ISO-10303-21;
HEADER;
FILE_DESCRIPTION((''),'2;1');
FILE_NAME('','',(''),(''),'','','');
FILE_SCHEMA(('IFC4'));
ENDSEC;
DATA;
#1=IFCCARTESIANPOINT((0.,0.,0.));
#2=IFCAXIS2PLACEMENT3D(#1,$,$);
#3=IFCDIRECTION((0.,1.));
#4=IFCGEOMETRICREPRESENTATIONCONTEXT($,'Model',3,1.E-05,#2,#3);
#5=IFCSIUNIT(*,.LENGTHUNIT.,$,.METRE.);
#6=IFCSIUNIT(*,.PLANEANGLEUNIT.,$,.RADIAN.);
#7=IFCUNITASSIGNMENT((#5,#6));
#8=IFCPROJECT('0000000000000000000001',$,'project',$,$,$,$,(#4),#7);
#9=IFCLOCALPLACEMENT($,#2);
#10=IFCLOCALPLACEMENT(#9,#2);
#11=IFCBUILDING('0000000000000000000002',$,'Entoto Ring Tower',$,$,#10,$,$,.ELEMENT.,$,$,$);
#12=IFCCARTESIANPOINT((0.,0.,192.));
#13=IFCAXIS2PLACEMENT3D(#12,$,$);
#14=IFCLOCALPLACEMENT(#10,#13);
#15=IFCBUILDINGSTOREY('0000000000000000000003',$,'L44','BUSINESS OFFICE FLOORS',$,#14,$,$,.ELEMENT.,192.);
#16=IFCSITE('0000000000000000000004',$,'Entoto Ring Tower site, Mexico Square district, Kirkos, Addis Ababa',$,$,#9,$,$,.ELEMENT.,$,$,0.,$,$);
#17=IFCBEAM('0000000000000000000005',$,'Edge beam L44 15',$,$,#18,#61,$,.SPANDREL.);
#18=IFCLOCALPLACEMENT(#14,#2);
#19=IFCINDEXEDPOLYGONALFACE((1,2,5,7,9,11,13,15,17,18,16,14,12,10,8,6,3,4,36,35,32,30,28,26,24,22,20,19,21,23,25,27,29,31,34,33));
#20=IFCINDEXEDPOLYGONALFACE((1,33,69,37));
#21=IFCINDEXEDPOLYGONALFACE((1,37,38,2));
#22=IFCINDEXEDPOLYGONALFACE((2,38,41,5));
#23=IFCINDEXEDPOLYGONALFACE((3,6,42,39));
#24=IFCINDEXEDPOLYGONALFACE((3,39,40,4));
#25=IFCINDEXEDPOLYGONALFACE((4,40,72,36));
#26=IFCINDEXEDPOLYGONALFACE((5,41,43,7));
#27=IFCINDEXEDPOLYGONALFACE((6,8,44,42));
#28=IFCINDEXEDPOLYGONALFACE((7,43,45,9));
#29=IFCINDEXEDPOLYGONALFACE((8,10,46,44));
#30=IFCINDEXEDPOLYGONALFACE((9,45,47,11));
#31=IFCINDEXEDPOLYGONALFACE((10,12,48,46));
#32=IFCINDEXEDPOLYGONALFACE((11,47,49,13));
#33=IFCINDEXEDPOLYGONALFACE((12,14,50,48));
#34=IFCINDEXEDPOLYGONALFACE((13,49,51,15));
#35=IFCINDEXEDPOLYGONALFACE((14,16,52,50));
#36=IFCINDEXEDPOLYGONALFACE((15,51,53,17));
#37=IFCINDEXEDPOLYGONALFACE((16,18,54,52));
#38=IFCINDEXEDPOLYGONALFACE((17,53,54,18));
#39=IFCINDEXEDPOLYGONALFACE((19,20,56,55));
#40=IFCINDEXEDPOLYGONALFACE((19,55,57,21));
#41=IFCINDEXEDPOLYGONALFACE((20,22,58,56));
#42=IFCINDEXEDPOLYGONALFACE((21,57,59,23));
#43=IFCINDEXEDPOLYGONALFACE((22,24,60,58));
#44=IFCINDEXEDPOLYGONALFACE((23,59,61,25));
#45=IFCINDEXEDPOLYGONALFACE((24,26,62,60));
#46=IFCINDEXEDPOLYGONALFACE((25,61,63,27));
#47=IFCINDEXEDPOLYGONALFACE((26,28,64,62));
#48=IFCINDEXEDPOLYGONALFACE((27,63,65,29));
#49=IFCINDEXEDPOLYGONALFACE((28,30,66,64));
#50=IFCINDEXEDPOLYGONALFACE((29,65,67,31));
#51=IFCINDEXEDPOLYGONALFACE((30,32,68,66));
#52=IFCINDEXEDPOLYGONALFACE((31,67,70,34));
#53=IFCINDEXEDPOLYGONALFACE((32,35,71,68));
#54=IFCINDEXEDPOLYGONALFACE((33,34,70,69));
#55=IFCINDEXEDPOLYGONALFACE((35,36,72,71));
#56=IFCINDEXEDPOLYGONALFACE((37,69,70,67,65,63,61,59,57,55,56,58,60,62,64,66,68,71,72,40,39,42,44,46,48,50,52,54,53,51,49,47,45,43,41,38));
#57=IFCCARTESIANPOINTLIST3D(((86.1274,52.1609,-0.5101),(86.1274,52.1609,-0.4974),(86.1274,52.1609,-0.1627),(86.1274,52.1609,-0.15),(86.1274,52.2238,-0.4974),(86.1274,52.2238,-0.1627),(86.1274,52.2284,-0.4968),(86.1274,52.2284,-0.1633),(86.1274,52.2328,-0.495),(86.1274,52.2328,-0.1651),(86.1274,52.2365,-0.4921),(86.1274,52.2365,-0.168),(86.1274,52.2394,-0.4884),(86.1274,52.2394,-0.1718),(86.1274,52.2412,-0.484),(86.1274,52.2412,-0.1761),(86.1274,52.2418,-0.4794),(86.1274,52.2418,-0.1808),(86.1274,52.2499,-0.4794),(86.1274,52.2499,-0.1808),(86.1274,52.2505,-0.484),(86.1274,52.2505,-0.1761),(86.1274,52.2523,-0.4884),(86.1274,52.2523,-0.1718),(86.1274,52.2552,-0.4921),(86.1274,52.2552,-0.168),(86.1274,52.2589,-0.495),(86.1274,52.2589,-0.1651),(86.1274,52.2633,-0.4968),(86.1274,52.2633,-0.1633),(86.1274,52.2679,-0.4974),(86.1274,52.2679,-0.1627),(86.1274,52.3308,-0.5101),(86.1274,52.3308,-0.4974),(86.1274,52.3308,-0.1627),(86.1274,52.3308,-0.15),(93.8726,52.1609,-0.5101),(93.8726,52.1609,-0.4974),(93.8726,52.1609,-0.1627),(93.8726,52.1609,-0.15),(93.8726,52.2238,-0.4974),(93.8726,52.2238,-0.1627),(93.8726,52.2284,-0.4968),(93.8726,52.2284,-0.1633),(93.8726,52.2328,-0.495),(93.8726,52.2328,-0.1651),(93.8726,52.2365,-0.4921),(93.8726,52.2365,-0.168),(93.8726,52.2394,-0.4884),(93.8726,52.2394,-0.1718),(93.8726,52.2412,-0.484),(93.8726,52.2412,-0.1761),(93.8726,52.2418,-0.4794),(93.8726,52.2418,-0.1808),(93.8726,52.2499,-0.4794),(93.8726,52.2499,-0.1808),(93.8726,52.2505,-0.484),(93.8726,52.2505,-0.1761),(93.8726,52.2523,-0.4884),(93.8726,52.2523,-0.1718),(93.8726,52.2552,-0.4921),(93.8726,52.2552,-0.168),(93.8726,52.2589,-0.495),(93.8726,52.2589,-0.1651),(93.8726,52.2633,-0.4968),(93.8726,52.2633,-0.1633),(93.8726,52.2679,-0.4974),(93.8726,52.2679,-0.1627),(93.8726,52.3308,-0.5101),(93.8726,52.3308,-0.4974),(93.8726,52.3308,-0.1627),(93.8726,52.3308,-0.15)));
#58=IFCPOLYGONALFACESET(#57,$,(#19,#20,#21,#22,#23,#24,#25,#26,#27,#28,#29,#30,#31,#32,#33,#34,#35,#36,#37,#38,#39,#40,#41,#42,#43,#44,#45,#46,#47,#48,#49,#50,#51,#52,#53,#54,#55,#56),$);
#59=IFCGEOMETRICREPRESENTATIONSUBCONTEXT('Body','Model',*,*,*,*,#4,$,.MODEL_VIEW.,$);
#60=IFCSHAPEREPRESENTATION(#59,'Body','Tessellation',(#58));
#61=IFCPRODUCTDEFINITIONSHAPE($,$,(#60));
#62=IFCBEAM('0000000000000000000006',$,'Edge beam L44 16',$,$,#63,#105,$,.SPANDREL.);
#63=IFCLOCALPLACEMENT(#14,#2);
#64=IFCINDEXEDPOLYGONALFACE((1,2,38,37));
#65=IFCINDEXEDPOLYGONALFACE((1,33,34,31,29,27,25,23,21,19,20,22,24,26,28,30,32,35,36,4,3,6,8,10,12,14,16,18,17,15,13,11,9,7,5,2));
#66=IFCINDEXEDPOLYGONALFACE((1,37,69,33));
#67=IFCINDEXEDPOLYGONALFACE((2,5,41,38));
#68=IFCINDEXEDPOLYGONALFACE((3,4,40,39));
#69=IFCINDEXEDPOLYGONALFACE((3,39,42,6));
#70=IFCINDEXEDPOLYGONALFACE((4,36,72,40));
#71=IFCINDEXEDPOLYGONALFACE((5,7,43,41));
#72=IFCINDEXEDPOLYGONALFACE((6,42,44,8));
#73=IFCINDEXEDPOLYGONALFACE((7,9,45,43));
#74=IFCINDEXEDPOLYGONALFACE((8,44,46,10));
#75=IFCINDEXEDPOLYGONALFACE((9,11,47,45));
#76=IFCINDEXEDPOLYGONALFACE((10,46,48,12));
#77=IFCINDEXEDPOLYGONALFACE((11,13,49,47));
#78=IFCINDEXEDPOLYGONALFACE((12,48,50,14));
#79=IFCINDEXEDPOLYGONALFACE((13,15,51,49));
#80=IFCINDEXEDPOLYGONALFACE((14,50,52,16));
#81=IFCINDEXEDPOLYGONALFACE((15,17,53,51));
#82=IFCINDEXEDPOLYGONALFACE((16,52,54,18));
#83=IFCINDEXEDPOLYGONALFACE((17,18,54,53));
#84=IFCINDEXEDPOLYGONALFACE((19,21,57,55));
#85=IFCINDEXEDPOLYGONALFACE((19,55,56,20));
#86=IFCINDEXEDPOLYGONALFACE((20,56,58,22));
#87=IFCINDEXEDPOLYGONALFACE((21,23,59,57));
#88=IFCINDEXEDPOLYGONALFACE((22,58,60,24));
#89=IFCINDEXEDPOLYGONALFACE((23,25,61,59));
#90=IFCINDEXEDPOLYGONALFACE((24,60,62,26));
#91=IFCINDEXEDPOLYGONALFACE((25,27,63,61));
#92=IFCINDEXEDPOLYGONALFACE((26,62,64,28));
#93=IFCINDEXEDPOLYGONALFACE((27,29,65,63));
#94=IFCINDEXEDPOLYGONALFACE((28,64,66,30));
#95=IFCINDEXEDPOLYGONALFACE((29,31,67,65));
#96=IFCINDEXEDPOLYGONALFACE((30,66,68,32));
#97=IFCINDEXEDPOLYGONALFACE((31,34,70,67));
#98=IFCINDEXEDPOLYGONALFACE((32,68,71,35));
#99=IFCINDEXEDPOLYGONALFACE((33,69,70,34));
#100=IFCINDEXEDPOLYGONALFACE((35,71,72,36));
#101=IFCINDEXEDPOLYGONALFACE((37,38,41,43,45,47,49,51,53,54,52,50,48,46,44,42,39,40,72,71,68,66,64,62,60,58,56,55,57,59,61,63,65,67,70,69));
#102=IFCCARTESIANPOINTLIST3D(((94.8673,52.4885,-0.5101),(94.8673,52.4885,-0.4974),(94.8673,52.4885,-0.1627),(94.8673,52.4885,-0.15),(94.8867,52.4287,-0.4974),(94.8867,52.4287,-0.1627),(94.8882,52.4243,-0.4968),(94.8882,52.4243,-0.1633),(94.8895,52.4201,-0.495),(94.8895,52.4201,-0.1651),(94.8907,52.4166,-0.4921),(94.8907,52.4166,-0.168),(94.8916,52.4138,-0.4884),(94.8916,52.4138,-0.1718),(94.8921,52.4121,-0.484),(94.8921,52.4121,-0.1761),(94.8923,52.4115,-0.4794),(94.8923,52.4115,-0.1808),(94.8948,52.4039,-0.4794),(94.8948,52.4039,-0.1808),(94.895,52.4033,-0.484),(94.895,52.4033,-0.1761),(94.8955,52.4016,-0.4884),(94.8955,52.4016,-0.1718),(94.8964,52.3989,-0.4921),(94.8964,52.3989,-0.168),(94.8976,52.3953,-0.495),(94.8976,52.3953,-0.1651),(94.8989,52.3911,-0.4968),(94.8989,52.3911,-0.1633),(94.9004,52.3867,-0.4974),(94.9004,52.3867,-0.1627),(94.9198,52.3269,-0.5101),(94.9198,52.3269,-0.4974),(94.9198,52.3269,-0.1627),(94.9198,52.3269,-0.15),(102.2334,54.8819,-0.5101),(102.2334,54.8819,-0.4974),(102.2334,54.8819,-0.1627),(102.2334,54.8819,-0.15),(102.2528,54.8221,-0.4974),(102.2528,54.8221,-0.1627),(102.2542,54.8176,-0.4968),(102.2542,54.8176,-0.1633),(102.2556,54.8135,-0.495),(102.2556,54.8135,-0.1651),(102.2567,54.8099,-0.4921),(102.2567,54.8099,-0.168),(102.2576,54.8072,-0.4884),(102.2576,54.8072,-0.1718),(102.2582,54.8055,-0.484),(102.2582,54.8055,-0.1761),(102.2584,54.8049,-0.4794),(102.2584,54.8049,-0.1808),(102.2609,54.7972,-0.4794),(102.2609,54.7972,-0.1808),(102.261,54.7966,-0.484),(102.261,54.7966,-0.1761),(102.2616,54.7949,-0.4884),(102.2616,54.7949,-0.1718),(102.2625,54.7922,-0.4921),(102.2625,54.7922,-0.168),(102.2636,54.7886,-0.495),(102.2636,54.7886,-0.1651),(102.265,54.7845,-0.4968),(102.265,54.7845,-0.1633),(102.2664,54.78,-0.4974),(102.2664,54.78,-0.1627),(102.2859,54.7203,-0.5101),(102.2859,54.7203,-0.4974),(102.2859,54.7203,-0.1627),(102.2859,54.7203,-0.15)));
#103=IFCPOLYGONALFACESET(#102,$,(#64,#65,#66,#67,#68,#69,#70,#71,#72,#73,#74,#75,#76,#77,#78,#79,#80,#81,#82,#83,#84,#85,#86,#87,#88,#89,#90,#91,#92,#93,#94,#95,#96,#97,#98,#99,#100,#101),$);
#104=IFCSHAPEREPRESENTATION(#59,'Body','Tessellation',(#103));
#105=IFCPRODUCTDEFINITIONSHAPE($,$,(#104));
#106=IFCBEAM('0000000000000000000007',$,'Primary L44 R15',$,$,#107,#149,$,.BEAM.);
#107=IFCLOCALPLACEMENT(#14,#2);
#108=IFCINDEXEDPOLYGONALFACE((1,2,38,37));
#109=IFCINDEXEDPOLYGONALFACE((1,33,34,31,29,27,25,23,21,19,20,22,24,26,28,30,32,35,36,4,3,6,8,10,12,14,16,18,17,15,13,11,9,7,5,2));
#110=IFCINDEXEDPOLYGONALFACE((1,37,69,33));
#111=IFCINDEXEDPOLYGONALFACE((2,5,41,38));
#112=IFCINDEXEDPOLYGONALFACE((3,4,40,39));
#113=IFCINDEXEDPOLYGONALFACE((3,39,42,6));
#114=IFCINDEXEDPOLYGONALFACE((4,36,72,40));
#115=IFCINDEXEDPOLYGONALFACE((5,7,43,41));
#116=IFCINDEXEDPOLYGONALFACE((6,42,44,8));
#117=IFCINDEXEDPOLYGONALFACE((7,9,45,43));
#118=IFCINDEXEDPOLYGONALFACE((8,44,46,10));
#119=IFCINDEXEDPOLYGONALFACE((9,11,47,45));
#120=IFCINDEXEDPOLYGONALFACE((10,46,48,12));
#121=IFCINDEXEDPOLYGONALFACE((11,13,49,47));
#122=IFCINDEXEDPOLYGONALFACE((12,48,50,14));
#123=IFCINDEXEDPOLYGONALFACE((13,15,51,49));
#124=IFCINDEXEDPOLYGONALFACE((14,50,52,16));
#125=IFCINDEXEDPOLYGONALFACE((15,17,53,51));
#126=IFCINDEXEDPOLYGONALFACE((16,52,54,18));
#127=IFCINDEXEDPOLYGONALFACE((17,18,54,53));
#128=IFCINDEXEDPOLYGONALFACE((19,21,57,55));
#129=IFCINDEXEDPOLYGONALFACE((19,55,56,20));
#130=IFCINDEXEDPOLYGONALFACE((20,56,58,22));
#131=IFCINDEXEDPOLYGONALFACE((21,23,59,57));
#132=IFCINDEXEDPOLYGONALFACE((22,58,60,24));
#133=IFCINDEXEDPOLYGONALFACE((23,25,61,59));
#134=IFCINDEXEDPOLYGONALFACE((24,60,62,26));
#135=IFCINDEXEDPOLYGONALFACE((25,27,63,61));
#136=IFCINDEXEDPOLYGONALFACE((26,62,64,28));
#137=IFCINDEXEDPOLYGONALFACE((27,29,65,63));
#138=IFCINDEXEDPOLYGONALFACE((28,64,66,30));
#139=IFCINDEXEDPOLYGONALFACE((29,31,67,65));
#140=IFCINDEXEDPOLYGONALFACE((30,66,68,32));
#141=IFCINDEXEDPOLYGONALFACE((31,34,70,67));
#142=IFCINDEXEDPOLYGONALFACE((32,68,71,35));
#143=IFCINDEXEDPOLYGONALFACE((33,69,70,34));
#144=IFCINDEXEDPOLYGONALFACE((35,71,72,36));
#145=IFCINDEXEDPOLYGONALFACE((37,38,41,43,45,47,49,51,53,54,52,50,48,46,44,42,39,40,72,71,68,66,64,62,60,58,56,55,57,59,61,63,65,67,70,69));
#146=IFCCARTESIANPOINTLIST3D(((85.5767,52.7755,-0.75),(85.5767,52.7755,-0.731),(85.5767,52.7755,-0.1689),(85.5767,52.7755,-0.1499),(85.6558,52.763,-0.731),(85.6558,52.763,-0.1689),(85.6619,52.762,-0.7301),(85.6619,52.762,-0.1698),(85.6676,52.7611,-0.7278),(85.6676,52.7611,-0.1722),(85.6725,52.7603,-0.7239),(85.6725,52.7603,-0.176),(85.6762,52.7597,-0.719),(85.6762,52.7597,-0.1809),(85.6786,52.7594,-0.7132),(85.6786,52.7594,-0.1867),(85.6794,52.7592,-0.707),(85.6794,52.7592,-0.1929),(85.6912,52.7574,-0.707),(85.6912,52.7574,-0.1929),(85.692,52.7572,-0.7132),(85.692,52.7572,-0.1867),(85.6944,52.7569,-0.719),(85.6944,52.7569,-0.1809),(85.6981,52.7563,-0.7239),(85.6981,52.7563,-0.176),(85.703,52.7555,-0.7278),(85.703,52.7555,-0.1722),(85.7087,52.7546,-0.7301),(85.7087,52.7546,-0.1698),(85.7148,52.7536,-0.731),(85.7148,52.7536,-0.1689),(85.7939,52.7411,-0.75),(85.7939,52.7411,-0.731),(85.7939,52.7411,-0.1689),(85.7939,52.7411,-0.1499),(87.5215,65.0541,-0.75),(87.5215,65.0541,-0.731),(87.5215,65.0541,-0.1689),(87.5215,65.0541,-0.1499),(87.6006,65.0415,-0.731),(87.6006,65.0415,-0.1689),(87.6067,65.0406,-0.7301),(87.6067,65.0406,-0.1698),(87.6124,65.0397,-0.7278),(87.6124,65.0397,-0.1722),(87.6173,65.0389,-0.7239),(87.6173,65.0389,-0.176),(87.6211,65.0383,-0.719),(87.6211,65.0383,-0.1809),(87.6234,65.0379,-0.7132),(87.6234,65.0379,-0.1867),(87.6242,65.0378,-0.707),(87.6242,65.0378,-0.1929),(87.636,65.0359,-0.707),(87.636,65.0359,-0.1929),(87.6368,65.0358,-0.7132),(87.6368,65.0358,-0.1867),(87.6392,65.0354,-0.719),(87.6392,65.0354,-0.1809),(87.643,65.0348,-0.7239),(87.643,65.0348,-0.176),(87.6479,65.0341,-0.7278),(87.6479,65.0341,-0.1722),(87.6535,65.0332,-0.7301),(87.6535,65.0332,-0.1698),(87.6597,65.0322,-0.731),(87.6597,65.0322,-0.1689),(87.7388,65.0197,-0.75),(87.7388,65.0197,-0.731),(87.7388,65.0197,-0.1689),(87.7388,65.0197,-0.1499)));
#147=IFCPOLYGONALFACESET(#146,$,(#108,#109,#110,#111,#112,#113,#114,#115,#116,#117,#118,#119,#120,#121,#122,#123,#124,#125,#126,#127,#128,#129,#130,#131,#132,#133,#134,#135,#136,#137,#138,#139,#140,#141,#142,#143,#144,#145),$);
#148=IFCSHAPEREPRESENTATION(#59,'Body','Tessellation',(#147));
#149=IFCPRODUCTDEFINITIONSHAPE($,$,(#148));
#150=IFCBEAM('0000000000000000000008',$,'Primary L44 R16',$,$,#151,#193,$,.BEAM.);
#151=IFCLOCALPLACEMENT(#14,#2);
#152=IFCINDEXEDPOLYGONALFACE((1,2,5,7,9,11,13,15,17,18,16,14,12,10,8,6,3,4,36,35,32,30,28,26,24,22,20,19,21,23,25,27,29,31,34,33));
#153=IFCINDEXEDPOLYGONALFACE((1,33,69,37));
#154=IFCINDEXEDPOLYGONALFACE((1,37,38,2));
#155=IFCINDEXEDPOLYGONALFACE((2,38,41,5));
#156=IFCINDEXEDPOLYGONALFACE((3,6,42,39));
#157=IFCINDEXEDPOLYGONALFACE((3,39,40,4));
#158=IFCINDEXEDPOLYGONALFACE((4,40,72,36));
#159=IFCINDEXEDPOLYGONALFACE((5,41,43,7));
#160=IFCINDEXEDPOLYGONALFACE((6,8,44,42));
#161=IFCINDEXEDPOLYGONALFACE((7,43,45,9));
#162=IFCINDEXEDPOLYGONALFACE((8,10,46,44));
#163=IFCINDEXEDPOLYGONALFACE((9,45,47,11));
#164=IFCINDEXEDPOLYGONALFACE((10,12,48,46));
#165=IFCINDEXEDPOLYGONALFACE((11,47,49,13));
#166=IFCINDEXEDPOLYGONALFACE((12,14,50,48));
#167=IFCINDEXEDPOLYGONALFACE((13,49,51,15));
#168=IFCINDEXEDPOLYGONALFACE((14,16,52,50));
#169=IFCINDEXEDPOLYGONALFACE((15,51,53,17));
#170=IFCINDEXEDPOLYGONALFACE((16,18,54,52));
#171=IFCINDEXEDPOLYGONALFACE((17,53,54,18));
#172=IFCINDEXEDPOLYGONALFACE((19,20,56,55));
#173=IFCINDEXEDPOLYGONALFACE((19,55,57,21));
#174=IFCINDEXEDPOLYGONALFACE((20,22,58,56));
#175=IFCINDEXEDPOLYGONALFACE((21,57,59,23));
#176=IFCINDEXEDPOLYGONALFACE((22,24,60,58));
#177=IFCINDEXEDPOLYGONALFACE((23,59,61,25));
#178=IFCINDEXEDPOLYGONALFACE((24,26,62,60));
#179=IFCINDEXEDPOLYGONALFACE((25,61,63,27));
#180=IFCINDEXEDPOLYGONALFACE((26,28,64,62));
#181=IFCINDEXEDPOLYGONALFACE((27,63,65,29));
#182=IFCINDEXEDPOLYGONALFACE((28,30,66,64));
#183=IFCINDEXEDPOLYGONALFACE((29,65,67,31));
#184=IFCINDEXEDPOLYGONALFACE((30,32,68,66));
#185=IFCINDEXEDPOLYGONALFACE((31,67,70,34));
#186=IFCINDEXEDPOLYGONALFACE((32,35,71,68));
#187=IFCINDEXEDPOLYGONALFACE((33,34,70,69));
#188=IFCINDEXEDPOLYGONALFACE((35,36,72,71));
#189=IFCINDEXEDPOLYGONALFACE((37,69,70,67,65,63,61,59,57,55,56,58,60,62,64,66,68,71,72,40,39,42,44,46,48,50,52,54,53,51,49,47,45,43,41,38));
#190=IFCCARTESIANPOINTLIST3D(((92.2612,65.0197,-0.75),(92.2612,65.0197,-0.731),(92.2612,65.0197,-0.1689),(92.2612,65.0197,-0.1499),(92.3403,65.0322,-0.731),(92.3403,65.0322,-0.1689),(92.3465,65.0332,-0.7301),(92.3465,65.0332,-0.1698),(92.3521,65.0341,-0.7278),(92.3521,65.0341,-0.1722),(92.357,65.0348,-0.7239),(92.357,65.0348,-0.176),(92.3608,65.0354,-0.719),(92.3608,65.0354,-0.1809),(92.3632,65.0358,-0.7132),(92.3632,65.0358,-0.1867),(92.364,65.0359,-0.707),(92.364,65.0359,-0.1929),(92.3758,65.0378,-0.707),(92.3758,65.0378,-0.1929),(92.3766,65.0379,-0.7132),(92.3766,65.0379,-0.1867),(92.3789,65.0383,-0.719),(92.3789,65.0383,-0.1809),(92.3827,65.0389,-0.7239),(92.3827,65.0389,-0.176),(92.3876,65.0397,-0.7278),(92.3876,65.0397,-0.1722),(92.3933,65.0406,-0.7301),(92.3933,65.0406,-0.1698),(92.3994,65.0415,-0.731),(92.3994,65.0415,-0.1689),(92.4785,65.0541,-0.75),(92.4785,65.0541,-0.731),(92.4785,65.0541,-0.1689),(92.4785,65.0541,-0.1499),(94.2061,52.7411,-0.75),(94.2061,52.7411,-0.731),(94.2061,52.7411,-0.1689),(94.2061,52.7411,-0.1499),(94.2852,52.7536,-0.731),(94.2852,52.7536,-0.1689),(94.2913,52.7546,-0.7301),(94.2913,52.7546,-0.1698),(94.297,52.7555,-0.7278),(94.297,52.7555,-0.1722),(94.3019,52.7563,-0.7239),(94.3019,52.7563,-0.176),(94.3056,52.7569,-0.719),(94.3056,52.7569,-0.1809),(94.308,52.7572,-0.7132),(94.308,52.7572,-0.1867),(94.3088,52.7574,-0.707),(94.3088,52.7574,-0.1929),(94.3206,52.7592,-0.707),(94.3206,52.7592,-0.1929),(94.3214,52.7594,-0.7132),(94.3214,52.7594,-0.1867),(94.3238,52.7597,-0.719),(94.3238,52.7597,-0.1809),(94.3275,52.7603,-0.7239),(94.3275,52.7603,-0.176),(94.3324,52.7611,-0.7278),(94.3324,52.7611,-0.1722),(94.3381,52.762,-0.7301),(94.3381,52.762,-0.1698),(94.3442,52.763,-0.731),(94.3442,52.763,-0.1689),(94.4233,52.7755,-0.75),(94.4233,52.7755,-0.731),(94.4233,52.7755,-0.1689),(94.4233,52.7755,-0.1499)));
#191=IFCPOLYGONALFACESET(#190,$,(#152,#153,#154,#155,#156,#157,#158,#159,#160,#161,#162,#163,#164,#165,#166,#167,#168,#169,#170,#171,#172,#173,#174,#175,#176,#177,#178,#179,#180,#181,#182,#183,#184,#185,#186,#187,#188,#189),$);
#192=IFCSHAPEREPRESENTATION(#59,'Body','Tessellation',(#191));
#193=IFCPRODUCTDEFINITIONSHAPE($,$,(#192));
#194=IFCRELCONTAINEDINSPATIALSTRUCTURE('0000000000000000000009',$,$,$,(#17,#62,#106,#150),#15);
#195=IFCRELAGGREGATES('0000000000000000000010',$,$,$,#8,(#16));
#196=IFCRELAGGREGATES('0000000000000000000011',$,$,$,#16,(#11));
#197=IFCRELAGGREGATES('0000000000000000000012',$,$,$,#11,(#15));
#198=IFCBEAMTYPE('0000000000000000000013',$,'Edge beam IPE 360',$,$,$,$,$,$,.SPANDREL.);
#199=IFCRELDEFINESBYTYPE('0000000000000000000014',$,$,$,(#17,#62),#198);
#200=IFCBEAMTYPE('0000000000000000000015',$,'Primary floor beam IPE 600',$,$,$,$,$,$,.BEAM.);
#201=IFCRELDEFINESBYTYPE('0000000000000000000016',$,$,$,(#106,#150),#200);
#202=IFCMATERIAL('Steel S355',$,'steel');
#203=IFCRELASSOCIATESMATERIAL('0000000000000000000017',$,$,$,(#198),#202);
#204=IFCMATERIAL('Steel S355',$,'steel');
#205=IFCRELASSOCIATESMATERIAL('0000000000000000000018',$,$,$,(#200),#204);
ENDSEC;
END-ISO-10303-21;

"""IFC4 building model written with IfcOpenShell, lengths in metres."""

from ifc_helpers import new_model, si_unit, direction, frame, origin, origin_2d, place, context, subcontext, project, spatial, i_section, extrude, material, material_profile, profile_set, type_object, element, save


model = new_model("IFC4")

# Units and contexts
model_context = context("Model", 3, precision=1e-05, world=origin(), true_north=direction((0.0, 1.0)))
body_context = subcontext(model_context, "Body", "Model", "MODEL_VIEW")
ifc_project = project(units=[si_unit("LENGTHUNIT", "METRE"), si_unit("PLANEANGLEUNIT", "RADIAN")], contexts=[model_context])

# Site, building, storey
site_placement = place(None, origin())
site = spatial("IfcSite", under=ifc_project, at=site_placement, Name="Entoto Ring Tower site, Mexico Square district, Kirkos, Addis Ababa", CompositionType="ELEMENT", RefElevation=0.0)
building_placement = place(site_placement, origin())
building = spatial("IfcBuilding", under=site, at=building_placement, Name="Entoto Ring Tower", CompositionType="ELEMENT")
storey_placement = place(building_placement, frame((0.0, 0.0, 192.0)))
storey = spatial("IfcBuildingStorey", under=building, at=storey_placement, Name="L44", Description="BUSINESS OFFICE FLOORS", CompositionType="ELEMENT", Elevation=192.0)

# Beams
ifc_material_1 = material(Name="Steel S355", Category="steel")
ifc_material_profile_1 = material_profile(ifc_material_1, i_section(OverallWidth=0.1699, OverallDepth=0.3601, WebThickness=0.0081, FlangeThickness=0.0127, FilletRadius=0.0181, at=origin_2d()), Name="IPE 360")
ifc_profile_set_1 = profile_set([ifc_material_profile_1], Name="Steel S355")
beam_type_1 = type_object("IfcBeamType", Name="Edge beam IPE 360", PredefinedType="SPANDREL", material=ifc_profile_set_1)
for number, where, z_axis, x_axis, name in (
    (1, (86.1274, 52.2458, -0.3301), (1.0, 0.0, 0.0), (0.0, 1.0, 0.0), "Edge beam L44 15"),
    (2, (94.8936, 52.4077, -0.3301), (0.951058, 0.309013, 0.0), (-0.309013, 0.951058, 0.0), "Edge beam L44 16"),
):
    element("IfcBeam", number, at=place(storey_placement, frame(where, z_axis=z_axis, x_axis=x_axis)), inside=storey, type_object=beam_type_1, Name=name, PredefinedType="SPANDREL", context=body_context, shape_type="SweptSolid", body=[
        extrude(i_section(OverallWidth=0.1699, OverallDepth=0.3601, WebThickness=0.0081, FlangeThickness=0.0127, FilletRadius=0.0181, at=origin_2d()), origin(), (0.0, 0.0, 1.0), 7.7451),
    ])
ifc_material_2 = material(Name="Steel S355", Category="steel")
ifc_material_profile_2 = material_profile(ifc_material_2, i_section(OverallWidth=0.22, OverallDepth=0.6001, WebThickness=0.012, FlangeThickness=0.019, FilletRadius=0.0239, at=origin_2d()), Name="IPE 600")
ifc_profile_set_2 = profile_set([ifc_material_profile_2], Name="Steel S355")
beam_type_2 = type_object("IfcBeamType", Name="Primary floor beam IPE 600", PredefinedType="BEAM", material=ifc_profile_set_2)
for number, where, z_axis, x_axis, name in (
    (3, (87.6301, 65.0369, -0.45), (-0.156442, -0.987687, 0.0), (0.987687, -0.156442, 0.0), "Primary L44 R15"),
    (4, (92.3699, 65.0369, -0.45), (0.156442, -0.987687, 0.0), (0.987687, 0.156442, 0.0), "Primary L44 R16"),
):
    element("IfcBeam", number, at=place(storey_placement, frame(where, z_axis=z_axis, x_axis=x_axis)), inside=storey, type_object=beam_type_2, Name=name, PredefinedType="BEAM", context=body_context, shape_type="SweptSolid", body=[
        extrude(i_section(OverallWidth=0.22, OverallDepth=0.6001, WebThickness=0.012, FlangeThickness=0.019, FilletRadius=0.0239, at=origin_2d()), origin(), (0.0, 0.0, 1.0), 12.4316),
    ])

save(model, "model.ifc")
